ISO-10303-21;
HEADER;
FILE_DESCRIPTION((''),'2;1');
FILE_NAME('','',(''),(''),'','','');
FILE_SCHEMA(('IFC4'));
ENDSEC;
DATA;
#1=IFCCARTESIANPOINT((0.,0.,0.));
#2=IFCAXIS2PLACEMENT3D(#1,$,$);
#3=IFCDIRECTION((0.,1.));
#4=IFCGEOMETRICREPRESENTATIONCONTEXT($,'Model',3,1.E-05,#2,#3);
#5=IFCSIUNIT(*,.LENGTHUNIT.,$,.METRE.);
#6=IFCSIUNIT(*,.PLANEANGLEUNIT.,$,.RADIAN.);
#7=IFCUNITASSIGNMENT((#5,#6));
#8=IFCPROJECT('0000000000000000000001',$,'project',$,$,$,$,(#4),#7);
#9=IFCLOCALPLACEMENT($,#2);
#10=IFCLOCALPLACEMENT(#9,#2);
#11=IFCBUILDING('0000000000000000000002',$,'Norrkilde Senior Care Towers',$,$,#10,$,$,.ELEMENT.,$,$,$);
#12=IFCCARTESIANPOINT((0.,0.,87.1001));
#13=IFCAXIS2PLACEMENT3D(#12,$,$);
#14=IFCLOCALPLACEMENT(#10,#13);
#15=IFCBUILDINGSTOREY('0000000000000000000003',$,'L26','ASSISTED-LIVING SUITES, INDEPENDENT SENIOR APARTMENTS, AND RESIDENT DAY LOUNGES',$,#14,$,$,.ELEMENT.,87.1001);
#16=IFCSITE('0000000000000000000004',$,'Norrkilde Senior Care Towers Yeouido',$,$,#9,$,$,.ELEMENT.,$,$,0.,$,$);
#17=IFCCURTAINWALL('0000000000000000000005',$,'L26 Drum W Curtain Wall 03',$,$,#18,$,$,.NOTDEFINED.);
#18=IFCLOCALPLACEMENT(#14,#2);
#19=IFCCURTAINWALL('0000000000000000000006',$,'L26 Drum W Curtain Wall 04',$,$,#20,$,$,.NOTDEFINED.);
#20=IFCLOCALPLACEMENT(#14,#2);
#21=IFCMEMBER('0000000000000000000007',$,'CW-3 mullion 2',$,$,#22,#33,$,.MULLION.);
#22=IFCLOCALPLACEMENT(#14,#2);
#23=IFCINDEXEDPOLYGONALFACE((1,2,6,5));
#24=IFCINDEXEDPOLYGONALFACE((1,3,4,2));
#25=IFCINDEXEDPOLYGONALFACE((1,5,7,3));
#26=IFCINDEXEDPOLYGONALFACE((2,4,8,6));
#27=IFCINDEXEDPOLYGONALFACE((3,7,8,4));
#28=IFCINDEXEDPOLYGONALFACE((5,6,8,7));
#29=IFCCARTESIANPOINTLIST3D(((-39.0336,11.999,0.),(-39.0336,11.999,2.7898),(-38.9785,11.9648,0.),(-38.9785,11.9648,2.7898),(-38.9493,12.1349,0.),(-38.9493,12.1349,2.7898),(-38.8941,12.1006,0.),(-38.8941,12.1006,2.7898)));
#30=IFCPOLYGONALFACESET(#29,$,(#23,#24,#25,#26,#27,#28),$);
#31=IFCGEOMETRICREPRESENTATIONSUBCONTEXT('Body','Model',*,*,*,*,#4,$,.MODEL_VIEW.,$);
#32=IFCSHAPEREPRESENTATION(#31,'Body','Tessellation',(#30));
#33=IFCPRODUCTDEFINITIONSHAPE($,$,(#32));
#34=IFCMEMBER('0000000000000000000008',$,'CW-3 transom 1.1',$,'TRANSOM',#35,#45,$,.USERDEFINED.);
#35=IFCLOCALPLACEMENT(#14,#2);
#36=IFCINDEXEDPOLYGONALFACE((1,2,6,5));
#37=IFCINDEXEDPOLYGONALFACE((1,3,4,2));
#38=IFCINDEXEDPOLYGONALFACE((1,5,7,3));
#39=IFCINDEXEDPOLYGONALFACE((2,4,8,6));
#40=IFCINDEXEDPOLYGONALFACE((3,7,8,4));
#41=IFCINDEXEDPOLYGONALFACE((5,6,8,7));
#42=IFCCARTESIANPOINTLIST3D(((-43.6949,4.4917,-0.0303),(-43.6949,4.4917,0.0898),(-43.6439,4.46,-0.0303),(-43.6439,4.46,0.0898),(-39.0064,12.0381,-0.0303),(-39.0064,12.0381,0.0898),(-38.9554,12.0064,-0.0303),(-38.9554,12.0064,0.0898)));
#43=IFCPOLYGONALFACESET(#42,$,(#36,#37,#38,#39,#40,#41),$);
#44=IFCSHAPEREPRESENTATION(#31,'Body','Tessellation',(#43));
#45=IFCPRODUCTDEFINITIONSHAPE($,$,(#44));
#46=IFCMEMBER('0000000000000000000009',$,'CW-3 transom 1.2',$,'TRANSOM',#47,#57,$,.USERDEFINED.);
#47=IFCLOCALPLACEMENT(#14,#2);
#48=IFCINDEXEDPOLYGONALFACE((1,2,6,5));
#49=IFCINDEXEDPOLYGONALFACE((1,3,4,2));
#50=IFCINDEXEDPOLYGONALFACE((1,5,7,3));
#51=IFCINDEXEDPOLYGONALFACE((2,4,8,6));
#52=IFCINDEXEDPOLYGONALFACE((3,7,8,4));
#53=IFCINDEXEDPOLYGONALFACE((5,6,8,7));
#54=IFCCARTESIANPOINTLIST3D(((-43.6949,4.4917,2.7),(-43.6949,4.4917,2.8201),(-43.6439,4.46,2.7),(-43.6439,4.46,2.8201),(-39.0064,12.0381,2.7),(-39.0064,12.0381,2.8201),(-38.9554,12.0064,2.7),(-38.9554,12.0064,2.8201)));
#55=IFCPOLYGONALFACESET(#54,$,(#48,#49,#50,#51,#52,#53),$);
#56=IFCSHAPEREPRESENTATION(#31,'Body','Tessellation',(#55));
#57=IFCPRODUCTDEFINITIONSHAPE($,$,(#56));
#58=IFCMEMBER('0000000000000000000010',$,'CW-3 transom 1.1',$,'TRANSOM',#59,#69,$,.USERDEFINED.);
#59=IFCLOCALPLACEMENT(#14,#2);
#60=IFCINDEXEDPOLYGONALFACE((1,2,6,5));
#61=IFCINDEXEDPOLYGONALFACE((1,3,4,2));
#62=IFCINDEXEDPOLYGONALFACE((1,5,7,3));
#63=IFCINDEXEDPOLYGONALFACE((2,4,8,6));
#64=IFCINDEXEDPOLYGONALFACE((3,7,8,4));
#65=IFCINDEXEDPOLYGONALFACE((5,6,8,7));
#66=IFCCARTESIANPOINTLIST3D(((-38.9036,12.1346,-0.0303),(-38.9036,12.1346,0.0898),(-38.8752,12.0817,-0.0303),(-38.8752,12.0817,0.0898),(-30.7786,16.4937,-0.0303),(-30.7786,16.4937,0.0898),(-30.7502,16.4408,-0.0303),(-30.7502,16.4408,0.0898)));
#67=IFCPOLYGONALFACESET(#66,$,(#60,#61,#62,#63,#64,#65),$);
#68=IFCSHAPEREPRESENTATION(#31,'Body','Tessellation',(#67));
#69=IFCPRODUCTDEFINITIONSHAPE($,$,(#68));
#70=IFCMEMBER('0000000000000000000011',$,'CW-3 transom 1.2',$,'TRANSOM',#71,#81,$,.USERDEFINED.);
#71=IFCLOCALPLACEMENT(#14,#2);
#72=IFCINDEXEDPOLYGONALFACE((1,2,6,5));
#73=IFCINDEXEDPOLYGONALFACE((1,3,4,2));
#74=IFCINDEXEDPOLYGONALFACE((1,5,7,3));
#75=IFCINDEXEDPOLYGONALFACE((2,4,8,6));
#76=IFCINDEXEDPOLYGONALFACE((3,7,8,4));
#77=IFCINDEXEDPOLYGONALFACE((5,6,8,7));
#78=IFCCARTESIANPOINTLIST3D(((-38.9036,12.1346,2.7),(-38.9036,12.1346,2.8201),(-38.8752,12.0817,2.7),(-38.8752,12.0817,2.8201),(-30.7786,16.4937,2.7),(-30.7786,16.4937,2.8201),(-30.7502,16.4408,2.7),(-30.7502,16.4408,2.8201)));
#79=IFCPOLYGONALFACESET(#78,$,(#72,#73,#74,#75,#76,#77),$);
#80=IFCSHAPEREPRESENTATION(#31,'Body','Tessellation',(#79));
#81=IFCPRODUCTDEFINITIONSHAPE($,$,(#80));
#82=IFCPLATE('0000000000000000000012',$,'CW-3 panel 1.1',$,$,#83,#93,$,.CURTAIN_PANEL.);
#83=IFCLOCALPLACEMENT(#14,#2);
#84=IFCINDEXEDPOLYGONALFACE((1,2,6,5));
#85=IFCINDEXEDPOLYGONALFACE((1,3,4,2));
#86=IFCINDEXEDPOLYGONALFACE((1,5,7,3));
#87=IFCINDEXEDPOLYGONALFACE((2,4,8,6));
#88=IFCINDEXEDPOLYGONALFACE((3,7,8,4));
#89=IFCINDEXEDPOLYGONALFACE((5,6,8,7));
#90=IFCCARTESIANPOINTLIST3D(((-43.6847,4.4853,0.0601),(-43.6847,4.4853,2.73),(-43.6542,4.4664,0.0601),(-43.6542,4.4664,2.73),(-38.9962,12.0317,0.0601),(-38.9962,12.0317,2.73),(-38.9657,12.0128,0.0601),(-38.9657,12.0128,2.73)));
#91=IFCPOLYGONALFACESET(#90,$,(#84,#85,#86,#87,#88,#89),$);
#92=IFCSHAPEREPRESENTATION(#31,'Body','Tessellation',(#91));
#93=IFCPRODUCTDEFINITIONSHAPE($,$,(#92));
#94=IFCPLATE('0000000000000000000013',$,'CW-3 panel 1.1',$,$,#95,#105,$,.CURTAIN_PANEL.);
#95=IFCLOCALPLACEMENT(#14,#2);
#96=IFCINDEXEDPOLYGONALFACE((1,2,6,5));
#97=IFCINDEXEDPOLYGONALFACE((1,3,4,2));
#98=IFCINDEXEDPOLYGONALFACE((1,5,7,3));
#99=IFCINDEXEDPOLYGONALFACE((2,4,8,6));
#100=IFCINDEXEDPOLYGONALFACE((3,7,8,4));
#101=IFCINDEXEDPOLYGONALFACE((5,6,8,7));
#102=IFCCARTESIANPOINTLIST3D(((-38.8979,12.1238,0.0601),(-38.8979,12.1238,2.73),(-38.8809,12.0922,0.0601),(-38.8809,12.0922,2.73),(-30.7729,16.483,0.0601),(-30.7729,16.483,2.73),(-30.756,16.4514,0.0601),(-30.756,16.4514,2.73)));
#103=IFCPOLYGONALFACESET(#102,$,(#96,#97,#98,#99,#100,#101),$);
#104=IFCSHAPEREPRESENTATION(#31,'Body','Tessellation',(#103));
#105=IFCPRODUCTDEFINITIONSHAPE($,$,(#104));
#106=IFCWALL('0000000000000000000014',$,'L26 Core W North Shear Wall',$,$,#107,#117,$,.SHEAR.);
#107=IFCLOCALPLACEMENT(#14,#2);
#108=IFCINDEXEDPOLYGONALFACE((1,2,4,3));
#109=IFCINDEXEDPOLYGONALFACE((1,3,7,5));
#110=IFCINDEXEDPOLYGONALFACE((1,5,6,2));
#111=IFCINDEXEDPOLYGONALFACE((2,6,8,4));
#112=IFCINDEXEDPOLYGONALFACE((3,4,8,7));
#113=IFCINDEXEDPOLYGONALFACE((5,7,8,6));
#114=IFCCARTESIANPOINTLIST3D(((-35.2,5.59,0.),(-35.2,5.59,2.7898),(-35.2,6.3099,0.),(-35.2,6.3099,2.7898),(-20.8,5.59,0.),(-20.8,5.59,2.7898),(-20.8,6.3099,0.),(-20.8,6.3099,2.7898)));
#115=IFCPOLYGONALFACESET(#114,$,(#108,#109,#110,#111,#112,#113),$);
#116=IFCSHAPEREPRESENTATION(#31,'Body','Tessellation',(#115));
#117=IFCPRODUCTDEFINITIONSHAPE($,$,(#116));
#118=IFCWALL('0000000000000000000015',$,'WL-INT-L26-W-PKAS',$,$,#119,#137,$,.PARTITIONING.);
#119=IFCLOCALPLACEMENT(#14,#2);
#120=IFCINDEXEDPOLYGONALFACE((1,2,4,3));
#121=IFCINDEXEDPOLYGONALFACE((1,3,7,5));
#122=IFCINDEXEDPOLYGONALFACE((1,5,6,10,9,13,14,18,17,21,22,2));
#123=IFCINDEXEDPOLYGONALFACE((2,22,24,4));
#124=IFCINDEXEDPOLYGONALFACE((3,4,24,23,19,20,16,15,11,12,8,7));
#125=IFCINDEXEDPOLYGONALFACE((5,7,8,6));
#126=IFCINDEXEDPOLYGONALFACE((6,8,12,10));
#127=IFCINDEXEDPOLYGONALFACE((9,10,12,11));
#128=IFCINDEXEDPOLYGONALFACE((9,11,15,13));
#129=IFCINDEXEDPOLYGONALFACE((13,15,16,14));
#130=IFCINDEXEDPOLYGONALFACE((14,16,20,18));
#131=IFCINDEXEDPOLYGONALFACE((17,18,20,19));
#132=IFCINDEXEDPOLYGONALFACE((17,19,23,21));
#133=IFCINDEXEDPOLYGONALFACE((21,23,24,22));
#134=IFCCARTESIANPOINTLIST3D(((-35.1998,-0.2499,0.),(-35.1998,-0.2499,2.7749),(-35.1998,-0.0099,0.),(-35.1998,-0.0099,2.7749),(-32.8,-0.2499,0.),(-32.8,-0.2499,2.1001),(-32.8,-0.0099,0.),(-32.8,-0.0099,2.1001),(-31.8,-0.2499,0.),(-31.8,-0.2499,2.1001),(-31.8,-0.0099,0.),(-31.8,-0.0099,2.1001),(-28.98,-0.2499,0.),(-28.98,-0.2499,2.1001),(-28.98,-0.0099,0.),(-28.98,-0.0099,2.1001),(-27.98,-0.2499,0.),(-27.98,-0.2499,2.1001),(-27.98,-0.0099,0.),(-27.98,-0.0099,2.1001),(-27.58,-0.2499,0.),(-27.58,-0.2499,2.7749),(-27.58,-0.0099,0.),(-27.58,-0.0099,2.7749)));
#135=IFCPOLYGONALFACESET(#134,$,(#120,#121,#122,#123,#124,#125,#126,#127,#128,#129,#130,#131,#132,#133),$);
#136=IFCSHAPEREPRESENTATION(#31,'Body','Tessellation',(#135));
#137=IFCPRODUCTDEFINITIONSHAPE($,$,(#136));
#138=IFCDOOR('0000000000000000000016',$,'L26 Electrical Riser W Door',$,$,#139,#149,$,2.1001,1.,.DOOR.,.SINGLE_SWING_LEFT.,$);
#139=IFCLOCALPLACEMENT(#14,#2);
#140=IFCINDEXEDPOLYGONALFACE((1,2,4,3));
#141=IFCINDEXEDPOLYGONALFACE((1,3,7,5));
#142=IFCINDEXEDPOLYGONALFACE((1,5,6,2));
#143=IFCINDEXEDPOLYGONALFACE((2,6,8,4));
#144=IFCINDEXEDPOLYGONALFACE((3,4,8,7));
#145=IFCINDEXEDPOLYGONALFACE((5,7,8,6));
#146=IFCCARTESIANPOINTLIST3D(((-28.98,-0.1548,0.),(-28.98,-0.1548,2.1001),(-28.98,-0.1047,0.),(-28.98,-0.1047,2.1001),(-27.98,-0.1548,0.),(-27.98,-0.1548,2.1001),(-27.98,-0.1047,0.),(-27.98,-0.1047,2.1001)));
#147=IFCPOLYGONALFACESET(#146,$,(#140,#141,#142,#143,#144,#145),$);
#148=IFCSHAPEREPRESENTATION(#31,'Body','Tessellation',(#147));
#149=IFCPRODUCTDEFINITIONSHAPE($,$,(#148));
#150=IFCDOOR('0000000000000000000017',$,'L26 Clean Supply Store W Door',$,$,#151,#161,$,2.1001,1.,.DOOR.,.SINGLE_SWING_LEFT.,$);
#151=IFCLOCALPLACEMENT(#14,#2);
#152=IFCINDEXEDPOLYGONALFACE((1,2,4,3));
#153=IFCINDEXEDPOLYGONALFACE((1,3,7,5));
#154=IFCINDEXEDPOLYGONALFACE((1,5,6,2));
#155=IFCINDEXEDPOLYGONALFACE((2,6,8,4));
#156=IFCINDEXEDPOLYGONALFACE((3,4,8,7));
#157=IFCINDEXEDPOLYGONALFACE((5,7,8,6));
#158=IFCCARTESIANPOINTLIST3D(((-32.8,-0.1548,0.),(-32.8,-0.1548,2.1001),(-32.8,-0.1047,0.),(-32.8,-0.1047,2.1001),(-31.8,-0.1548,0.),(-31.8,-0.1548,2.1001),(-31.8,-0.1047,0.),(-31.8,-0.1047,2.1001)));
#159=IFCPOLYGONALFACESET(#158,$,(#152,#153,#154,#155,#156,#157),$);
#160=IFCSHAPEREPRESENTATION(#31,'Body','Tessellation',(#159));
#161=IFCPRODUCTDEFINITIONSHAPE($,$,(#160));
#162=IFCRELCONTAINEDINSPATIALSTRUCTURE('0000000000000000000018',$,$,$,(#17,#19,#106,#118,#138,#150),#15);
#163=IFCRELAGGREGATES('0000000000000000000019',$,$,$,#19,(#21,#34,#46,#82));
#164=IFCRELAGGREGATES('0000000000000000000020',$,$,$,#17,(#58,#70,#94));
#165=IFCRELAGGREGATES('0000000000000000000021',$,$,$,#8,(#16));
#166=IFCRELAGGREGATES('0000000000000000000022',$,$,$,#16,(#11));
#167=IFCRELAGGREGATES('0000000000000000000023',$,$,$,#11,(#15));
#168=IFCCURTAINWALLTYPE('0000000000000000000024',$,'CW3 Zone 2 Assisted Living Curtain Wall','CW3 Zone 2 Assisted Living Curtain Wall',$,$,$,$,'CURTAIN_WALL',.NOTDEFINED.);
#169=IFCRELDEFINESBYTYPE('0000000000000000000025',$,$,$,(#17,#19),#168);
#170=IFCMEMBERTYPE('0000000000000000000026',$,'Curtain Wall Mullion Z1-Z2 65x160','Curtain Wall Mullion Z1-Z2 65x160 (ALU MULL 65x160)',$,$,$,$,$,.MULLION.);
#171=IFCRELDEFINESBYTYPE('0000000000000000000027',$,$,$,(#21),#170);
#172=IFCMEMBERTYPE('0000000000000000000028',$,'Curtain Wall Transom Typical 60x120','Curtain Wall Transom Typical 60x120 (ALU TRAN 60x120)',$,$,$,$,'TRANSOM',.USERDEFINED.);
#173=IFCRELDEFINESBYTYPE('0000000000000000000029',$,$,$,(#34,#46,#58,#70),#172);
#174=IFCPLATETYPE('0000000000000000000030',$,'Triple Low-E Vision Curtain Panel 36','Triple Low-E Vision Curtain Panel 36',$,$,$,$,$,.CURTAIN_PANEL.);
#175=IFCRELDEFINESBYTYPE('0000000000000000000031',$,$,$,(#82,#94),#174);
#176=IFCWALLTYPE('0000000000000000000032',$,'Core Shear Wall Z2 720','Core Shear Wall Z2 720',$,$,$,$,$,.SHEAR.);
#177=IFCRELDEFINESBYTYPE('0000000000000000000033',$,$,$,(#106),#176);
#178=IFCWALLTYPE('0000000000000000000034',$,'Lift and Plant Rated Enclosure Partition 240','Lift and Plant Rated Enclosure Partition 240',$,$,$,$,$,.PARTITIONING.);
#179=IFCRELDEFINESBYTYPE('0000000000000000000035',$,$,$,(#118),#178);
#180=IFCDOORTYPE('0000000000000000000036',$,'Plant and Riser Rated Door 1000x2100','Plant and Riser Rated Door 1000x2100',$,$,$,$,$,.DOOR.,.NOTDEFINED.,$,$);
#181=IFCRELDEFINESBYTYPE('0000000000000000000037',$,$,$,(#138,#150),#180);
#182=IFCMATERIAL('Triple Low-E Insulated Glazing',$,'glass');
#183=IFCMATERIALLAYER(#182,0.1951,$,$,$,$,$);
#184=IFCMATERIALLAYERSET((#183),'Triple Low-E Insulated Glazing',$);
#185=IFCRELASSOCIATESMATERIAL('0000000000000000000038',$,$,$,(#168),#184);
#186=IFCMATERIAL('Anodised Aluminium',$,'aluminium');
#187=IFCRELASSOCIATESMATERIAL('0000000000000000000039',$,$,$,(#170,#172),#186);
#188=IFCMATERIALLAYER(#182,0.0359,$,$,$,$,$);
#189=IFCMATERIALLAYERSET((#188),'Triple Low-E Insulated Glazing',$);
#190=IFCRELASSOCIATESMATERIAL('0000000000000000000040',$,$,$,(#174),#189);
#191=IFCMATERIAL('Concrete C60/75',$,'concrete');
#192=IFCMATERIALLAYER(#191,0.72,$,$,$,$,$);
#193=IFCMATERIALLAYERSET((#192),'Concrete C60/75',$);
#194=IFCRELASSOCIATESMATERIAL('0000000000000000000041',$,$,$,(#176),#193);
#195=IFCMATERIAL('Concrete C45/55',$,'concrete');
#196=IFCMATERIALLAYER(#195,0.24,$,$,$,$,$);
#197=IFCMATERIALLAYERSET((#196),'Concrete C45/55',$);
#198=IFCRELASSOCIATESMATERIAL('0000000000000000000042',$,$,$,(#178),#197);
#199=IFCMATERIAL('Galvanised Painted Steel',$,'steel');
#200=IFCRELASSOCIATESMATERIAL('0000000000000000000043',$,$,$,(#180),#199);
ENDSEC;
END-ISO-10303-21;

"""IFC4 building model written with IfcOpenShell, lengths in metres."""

from ifc_helpers import new_model, si_unit, direction, frame, frame_2d, origin, origin_2d, place, context, subcontext, project, spatial, rectangle, extrude, source, transform, mapped, material, layer, layer_set, material_profile, profile_set, type_object, type_shapes, element, fill, aggregate, save


model = new_model("IFC4")

# Units and contexts
model_context = context("Model", 3, precision=1e-05, world=origin(), true_north=direction((0.0, 1.0)))
body_context = subcontext(model_context, "Body", "Model", "MODEL_VIEW")
ifc_project = project(units=[si_unit("LENGTHUNIT", "METRE"), si_unit("PLANEANGLEUNIT", "RADIAN")], contexts=[model_context])

# Site, building, storey
site_placement = place(None, origin())
site = spatial("IfcSite", under=ifc_project, at=site_placement, Name="Norrkilde Senior Care Towers Yeouido", CompositionType="ELEMENT", RefElevation=0.0)
building_placement = place(site_placement, origin())
building = spatial("IfcBuilding", under=site, at=building_placement, Name="Norrkilde Senior Care Towers", CompositionType="ELEMENT")
storey_placement = place(building_placement, frame((0.0, 0.0, 87.1001)))
storey = spatial("IfcBuildingStorey", under=building, at=storey_placement, Name="L26", Description="ASSISTED-LIVING SUITES, INDEPENDENT SENIOR APARTMENTS, AND RESIDENT DAY LOUNGES", CompositionType="ELEMENT", Elevation=87.1001)

# Shared definitions
ifc_material_1 = material(Name="Concrete C60/75", Category="concrete")

# Curtain wall
ifc_material_2 = material(Name="Triple Low-E Insulated Glazing", Category="glass")
ifc_layer_1 = layer(ifc_material_2, 0.1951)
ifc_layer_set_1 = layer_set([ifc_layer_1], Name="Triple Low-E Insulated Glazing")
curtain_wall_type = type_object("IfcCurtainWallType", Name="CW3 Zone 2 Assisted Living Curtain Wall", Description="CW3 Zone 2 Assisted Living Curtain Wall", ElementType="CURTAIN_WALL", PredefinedType="NOTDEFINED", material=ifc_layer_set_1)
curtain_wall_1_placement = place(storey_placement, origin())
curtain_wall_1 = element("IfcCurtainWall", 1, at=curtain_wall_1_placement, inside=storey, type_object=curtain_wall_type, Name="L26 Drum W Curtain Wall 03", PredefinedType="NOTDEFINED")
ifc_material_3 = material(Name="Anodised Aluminium", Category="aluminium")
ifc_material_profile_1 = material_profile(ifc_material_3, rectangle(XDim=0.0649, YDim=0.1599, at=origin_2d()), Name="ALU MULL 65x160")
ifc_profile_set_1 = profile_set([ifc_material_profile_1], Name="Anodised Aluminium")
member_type_1 = type_object("IfcMemberType", Name="Curtain Wall Mullion Z1-Z2 65x160", Description="Curtain Wall Mullion Z1-Z2 65x160 (ALU MULL 65x160)", PredefinedType="MULLION", material=ifc_profile_set_1)
shared_shape_1 = source(origin(), body_context, "Body", "SweptSolid", [
    extrude(rectangle(XDim=0.0649, YDim=0.1599, at=origin_2d()), origin(), (0.0, 0.0, 1.0), 2.7898),
])
type_shapes(member_type_1, [shared_shape_1])

# Curtain wall, members
curtain_wall_2_placement = place(storey_placement, origin())
curtain_wall_2 = element("IfcCurtainWall", 2, at=curtain_wall_2_placement, inside=storey, type_object=curtain_wall_type, Name="L26 Drum W Curtain Wall 04", PredefinedType="NOTDEFINED")
member_1_placement = place(storey_placement, frame((-38.9639, 12.0498, 0.0), z_axis=(0.0, 0.0, 1.0), x_axis=(-0.84941, 0.527733, 0.0)))
member_1 = element("IfcMember", 3, at=member_1_placement, type_object=member_type_1, Name="CW-3 mullion 2", PredefinedType="MULLION", context=body_context, shape_type="MappedRepresentation", body=[
    mapped(shared_shape_1, transform((0.0, 0.0, 0.0), x_axis=(1.0, 0.0, 0.0), y_axis=(0.0, 1.0, 0.0), z_axis=(0.0, 0.0, 1.0), scale=1.0)),
])
ifc_material_profile_2 = material_profile(ifc_material_3, rectangle(XDim=0.0601, YDim=0.1201, at=origin_2d()), Name="ALU TRAN 60x120")
ifc_profile_set_2 = profile_set([ifc_material_profile_2], Name="Anodised Aluminium")
member_type_2 = type_object("IfcMemberType", Name="Curtain Wall Transom Typical 60x120", Description="Curtain Wall Transom Typical 60x120 (ALU TRAN 60x120)", ElementType="TRANSOM", PredefinedType="USERDEFINED", material=ifc_profile_set_2)
shared_shape_2 = source(origin(), body_context, "Body", "SweptSolid", [
    extrude(rectangle(XDim=0.0601, YDim=0.1201, at=origin_2d()), origin(), (0.0, 0.0, 1.0), 8.8843),
])
member_2_placement = place(storey_placement, frame((-43.6694, 4.4758, 0.0298), z_axis=(0.527729, 0.849413, 0.0), x_axis=(-0.849413, 0.527729, 0.0)))
member_2 = element("IfcMember", 4, at=member_2_placement, type_object=member_type_2, Name="CW-3 transom 1.1", ObjectType="TRANSOM", PredefinedType="USERDEFINED", context=body_context, shape_type="MappedRepresentation", body=[
    mapped(shared_shape_2, transform((0.0, 0.0, 0.0), x_axis=(1.0, 0.0, 0.0), y_axis=(0.0, 1.0, 0.0), z_axis=(0.0, 0.0, 1.0), scale=1.0)),
])
member_3_placement = place(storey_placement, frame((-43.6694, 4.4758, 2.76), z_axis=(0.527729, 0.849413, 0.0), x_axis=(-0.849413, 0.527729, 0.0)))
member_3 = element("IfcMember", 5, at=member_3_placement, type_object=member_type_2, Name="CW-3 transom 1.2", ObjectType="TRANSOM", PredefinedType="USERDEFINED", context=body_context, shape_type="MappedRepresentation", body=[
    mapped(shared_shape_2, transform((0.0, 0.0, 0.0), x_axis=(1.0, 0.0, 0.0), y_axis=(0.0, 1.0, 0.0), z_axis=(0.0, 0.0, 1.0), scale=1.0)),
])

# Members
shared_shape_3 = source(origin(), body_context, "Body", "SweptSolid", [
    extrude(rectangle(XDim=0.0601, YDim=0.1201, at=origin_2d()), origin(), (0.0, 0.0, 1.0), 9.2205),
])
type_shapes(member_type_2, [shared_shape_2, shared_shape_3])
member_4_placement = place(storey_placement, frame((-38.8894, 12.1082, 0.0298), z_axis=(0.881189, 0.472765, 0.0), x_axis=(-0.472765, 0.881189, 0.0)))
member_4 = element("IfcMember", 6, at=member_4_placement, type_object=member_type_2, Name="CW-3 transom 1.1", ObjectType="TRANSOM", PredefinedType="USERDEFINED", context=body_context, shape_type="MappedRepresentation", body=[
    mapped(shared_shape_3, transform((0.0, 0.0, 0.0), x_axis=(1.0, 0.0, 0.0), y_axis=(0.0, 1.0, 0.0), z_axis=(0.0, 0.0, 1.0), scale=1.0)),
])
member_5_placement = place(storey_placement, frame((-38.8894, 12.1082, 2.76), z_axis=(0.881189, 0.472765, 0.0), x_axis=(-0.472765, 0.881189, 0.0)))
member_5 = element("IfcMember", 7, at=member_5_placement, type_object=member_type_2, Name="CW-3 transom 1.2", ObjectType="TRANSOM", PredefinedType="USERDEFINED", context=body_context, shape_type="MappedRepresentation", body=[
    mapped(shared_shape_3, transform((0.0, 0.0, 0.0), x_axis=(1.0, 0.0, 0.0), y_axis=(0.0, 1.0, 0.0), z_axis=(0.0, 0.0, 1.0), scale=1.0)),
])

# Plates
ifc_layer_2 = layer(ifc_material_2, 0.0359)
ifc_layer_set_2 = layer_set([ifc_layer_2], Name="Triple Low-E Insulated Glazing")
plate_type = type_object("IfcPlateType", Name="Triple Low-E Vision Curtain Panel 36", Description="Triple Low-E Vision Curtain Panel 36", PredefinedType="CURTAIN_PANEL", material=ifc_layer_set_2)
shared_shape_4 = source(origin(), body_context, "Body", "SweptSolid", [
    extrude(rectangle(XDim=8.8843, YDim=0.0359, at=origin_2d()), origin(), (0.0, 0.0, 1.0), 2.6699),
])
plate_1_placement = place(storey_placement, frame((-41.3252, 8.249, 0.0601), z_axis=(0.0, 0.0, 1.0), x_axis=(0.527733, 0.84941, 0.0)))
plate_1 = element("IfcPlate", 8, at=plate_1_placement, type_object=plate_type, Name="CW-3 panel 1.1", PredefinedType="CURTAIN_PANEL", context=body_context, shape_type="MappedRepresentation", body=[
    mapped(shared_shape_4, transform((0.0, 0.0, 0.0), x_axis=(1.0, 0.0, 0.0), y_axis=(0.0, 1.0, 0.0), z_axis=(0.0, 0.0, 1.0), scale=1.0)),
])
aggregate(curtain_wall_2, [member_1, member_2, member_3, plate_1])
shared_shape_5 = source(origin(), body_context, "Body", "SweptSolid", [
    extrude(rectangle(XDim=9.2205, YDim=0.0359, at=origin_2d()), origin(), (0.0, 0.0, 1.0), 2.6699),
])
type_shapes(plate_type, [shared_shape_4, shared_shape_5])
plate_2_placement = place(storey_placement, frame((-34.8269, 14.2876, 0.0601), z_axis=(0.0, 0.0, 1.0), x_axis=(0.881186, 0.472769, 0.0)))
plate_2 = element("IfcPlate", 9, at=plate_2_placement, type_object=plate_type, Name="CW-3 panel 1.1", PredefinedType="CURTAIN_PANEL", context=body_context, shape_type="MappedRepresentation", body=[
    mapped(shared_shape_5, transform((0.0, 0.0, 0.0), x_axis=(1.0, 0.0, 0.0), y_axis=(0.0, 1.0, 0.0), z_axis=(0.0, 0.0, 1.0), scale=1.0)),
])
aggregate(curtain_wall_1, [member_4, member_5, plate_2])

# Wall
ifc_layer_3 = layer(ifc_material_1, 0.72)
ifc_layer_set_3 = layer_set([ifc_layer_3], Name="Concrete C60/75")
wall_type_1 = type_object("IfcWallType", Name="Core Shear Wall Z2 720", Description="Core Shear Wall Z2 720", PredefinedType="SHEAR", material=ifc_layer_set_3)
shared_shape_6 = source(origin(), body_context, "Body", "SweptSolid", [
    extrude(rectangle(XDim=14.3999, YDim=0.72, at=frame_2d((7.2, 0.0))), origin(), (0.0, 0.0, 1.0), 2.7898),
])
type_shapes(wall_type_1, [shared_shape_6])
wall_1_placement = place(storey_placement, frame((-35.2, 5.95, 0.0), z_axis=(0.0, 0.0, 1.0), x_axis=(1.0, 0.0, 0.0)))
element("IfcWall", 10, at=wall_1_placement, inside=storey, type_object=wall_type_1, Name="L26 Core W North Shear Wall", PredefinedType="SHEAR", context=body_context, shape_type="MappedRepresentation", body=[
    mapped(shared_shape_6, transform((0.0, 0.0, 0.0), x_axis=(1.0, 0.0, 0.0), y_axis=(0.0, 1.0, 0.0), z_axis=(0.0, 0.0, 1.0), scale=1.0)),
])

# Wall, openings, doors
ifc_material_4 = material(Name="Concrete C45/55", Category="concrete")
ifc_layer_4 = layer(ifc_material_4, 0.24)
ifc_layer_set_4 = layer_set([ifc_layer_4], Name="Concrete C45/55")
wall_type_2 = type_object("IfcWallType", Name="Lift and Plant Rated Enclosure Partition 240", Description="Lift and Plant Rated Enclosure Partition 240", PredefinedType="PARTITIONING", material=ifc_layer_set_4)
shared_shape_7 = source(origin(), body_context, "Body", "SweptSolid", [
    extrude(rectangle(XDim=7.6199, YDim=0.24, at=frame_2d((3.8101, 0.0))), origin(), (0.0, 0.0, 1.0), 2.7749),
])
type_shapes(wall_type_2, [shared_shape_7])
wall_2_placement = place(storey_placement, frame((-35.2, -0.1299, 0.0), z_axis=(0.0, 0.0, 1.0), x_axis=(1.0, 0.0, 0.0)))
wall_2 = element("IfcWall", 11, at=wall_2_placement, inside=storey, type_object=wall_type_2, Name="WL-INT-L26-W-PKAS", PredefinedType="PARTITIONING", context=body_context, shape_type="MappedRepresentation", body=[
    mapped(shared_shape_7, transform((0.0, 0.0, 0.0), x_axis=(1.0, 0.0, 0.0), y_axis=(0.0, 1.0, 0.0), z_axis=(0.0, 0.0, 1.0), scale=1.0)),
])
opening_1_placement = place(wall_2_placement, frame((6.22, 0.0, 0.0)))
opening_1 = element("IfcOpeningElement", 12, at=opening_1_placement, cuts=wall_2, PredefinedType="OPENING", context=body_context, shape_type="SweptSolid", body=[
    extrude(rectangle(XDim=1.0, YDim=2.1001, at=frame_2d((0.5, 1.05))), frame((0.0, 0.1299, 0.0), z_axis=(0.0, -1.0, 0.0), x_axis=(1.0, 0.0, 0.0)), (0.0, 0.0, 1.0), 0.26),
])
opening_2_placement = place(wall_2_placement, frame((2.3999, 0.0, 0.0)))
opening_2 = element("IfcOpeningElement", 13, at=opening_2_placement, cuts=wall_2, PredefinedType="OPENING", context=body_context, shape_type="SweptSolid", body=[
    extrude(rectangle(XDim=1.0, YDim=2.1001, at=frame_2d((0.5, 1.05))), frame((0.0, 0.1299, 0.0), z_axis=(0.0, -1.0, 0.0), x_axis=(1.0, 0.0, 0.0)), (0.0, 0.0, 1.0), 0.26),
])
ifc_material_5 = material(Name="Galvanised Painted Steel", Category="steel")
door_type = type_object("IfcDoorType", Name="Plant and Riser Rated Door 1000x2100", Description="Plant and Riser Rated Door 1000x2100", OperationType="NOTDEFINED", PredefinedType="DOOR", material=ifc_material_5)
shared_shape_8 = source(origin(), body_context, "Body", "SweptSolid", [
    extrude(rectangle(XDim=1.0, YDim=2.1001, at=frame_2d((0.5, 1.05))), frame((0.0, 0.0249, 0.0), z_axis=(0.0, -1.0, 0.0), x_axis=(1.0, 0.0, 0.0)), (0.0, 0.0, 1.0), 0.05),
])
type_shapes(door_type, [shared_shape_8])
door_1_placement = place(opening_1_placement, frame((1.0, 0.0, 0.0), z_axis=(0.0, 0.0, 1.0), x_axis=(-1.0, 0.0, 0.0)))
door_1 = element("IfcDoor", 14, at=door_1_placement, inside=storey, type_object=door_type, Name="L26 Electrical Riser W Door", OperationType="SINGLE_SWING_LEFT", OverallHeight=2.1001, OverallWidth=1.0, PredefinedType="DOOR", context=body_context, shape_type="MappedRepresentation", body=[
    mapped(shared_shape_8, transform((0.0, 0.0, 0.0), x_axis=(1.0, 0.0, 0.0), y_axis=(0.0, 1.0, 0.0), z_axis=(0.0, 0.0, 1.0), scale=1.0)),
])
fill(opening_1, door_1)
door_2_placement = place(opening_2_placement, frame((1.0, 0.0, 0.0), z_axis=(0.0, 0.0, 1.0), x_axis=(-1.0, 0.0, 0.0)))
door_2 = element("IfcDoor", 15, at=door_2_placement, inside=storey, type_object=door_type, Name="L26 Clean Supply Store W Door", OperationType="SINGLE_SWING_LEFT", OverallHeight=2.1001, OverallWidth=1.0, PredefinedType="DOOR", context=body_context, shape_type="MappedRepresentation", body=[
    mapped(shared_shape_8, transform((0.0, 0.0, 0.0), x_axis=(1.0, 0.0, 0.0), y_axis=(0.0, 1.0, 0.0), z_axis=(0.0, 0.0, 1.0), scale=1.0)),
])
fill(opening_2, door_2)

save(model, "model.ifc")
